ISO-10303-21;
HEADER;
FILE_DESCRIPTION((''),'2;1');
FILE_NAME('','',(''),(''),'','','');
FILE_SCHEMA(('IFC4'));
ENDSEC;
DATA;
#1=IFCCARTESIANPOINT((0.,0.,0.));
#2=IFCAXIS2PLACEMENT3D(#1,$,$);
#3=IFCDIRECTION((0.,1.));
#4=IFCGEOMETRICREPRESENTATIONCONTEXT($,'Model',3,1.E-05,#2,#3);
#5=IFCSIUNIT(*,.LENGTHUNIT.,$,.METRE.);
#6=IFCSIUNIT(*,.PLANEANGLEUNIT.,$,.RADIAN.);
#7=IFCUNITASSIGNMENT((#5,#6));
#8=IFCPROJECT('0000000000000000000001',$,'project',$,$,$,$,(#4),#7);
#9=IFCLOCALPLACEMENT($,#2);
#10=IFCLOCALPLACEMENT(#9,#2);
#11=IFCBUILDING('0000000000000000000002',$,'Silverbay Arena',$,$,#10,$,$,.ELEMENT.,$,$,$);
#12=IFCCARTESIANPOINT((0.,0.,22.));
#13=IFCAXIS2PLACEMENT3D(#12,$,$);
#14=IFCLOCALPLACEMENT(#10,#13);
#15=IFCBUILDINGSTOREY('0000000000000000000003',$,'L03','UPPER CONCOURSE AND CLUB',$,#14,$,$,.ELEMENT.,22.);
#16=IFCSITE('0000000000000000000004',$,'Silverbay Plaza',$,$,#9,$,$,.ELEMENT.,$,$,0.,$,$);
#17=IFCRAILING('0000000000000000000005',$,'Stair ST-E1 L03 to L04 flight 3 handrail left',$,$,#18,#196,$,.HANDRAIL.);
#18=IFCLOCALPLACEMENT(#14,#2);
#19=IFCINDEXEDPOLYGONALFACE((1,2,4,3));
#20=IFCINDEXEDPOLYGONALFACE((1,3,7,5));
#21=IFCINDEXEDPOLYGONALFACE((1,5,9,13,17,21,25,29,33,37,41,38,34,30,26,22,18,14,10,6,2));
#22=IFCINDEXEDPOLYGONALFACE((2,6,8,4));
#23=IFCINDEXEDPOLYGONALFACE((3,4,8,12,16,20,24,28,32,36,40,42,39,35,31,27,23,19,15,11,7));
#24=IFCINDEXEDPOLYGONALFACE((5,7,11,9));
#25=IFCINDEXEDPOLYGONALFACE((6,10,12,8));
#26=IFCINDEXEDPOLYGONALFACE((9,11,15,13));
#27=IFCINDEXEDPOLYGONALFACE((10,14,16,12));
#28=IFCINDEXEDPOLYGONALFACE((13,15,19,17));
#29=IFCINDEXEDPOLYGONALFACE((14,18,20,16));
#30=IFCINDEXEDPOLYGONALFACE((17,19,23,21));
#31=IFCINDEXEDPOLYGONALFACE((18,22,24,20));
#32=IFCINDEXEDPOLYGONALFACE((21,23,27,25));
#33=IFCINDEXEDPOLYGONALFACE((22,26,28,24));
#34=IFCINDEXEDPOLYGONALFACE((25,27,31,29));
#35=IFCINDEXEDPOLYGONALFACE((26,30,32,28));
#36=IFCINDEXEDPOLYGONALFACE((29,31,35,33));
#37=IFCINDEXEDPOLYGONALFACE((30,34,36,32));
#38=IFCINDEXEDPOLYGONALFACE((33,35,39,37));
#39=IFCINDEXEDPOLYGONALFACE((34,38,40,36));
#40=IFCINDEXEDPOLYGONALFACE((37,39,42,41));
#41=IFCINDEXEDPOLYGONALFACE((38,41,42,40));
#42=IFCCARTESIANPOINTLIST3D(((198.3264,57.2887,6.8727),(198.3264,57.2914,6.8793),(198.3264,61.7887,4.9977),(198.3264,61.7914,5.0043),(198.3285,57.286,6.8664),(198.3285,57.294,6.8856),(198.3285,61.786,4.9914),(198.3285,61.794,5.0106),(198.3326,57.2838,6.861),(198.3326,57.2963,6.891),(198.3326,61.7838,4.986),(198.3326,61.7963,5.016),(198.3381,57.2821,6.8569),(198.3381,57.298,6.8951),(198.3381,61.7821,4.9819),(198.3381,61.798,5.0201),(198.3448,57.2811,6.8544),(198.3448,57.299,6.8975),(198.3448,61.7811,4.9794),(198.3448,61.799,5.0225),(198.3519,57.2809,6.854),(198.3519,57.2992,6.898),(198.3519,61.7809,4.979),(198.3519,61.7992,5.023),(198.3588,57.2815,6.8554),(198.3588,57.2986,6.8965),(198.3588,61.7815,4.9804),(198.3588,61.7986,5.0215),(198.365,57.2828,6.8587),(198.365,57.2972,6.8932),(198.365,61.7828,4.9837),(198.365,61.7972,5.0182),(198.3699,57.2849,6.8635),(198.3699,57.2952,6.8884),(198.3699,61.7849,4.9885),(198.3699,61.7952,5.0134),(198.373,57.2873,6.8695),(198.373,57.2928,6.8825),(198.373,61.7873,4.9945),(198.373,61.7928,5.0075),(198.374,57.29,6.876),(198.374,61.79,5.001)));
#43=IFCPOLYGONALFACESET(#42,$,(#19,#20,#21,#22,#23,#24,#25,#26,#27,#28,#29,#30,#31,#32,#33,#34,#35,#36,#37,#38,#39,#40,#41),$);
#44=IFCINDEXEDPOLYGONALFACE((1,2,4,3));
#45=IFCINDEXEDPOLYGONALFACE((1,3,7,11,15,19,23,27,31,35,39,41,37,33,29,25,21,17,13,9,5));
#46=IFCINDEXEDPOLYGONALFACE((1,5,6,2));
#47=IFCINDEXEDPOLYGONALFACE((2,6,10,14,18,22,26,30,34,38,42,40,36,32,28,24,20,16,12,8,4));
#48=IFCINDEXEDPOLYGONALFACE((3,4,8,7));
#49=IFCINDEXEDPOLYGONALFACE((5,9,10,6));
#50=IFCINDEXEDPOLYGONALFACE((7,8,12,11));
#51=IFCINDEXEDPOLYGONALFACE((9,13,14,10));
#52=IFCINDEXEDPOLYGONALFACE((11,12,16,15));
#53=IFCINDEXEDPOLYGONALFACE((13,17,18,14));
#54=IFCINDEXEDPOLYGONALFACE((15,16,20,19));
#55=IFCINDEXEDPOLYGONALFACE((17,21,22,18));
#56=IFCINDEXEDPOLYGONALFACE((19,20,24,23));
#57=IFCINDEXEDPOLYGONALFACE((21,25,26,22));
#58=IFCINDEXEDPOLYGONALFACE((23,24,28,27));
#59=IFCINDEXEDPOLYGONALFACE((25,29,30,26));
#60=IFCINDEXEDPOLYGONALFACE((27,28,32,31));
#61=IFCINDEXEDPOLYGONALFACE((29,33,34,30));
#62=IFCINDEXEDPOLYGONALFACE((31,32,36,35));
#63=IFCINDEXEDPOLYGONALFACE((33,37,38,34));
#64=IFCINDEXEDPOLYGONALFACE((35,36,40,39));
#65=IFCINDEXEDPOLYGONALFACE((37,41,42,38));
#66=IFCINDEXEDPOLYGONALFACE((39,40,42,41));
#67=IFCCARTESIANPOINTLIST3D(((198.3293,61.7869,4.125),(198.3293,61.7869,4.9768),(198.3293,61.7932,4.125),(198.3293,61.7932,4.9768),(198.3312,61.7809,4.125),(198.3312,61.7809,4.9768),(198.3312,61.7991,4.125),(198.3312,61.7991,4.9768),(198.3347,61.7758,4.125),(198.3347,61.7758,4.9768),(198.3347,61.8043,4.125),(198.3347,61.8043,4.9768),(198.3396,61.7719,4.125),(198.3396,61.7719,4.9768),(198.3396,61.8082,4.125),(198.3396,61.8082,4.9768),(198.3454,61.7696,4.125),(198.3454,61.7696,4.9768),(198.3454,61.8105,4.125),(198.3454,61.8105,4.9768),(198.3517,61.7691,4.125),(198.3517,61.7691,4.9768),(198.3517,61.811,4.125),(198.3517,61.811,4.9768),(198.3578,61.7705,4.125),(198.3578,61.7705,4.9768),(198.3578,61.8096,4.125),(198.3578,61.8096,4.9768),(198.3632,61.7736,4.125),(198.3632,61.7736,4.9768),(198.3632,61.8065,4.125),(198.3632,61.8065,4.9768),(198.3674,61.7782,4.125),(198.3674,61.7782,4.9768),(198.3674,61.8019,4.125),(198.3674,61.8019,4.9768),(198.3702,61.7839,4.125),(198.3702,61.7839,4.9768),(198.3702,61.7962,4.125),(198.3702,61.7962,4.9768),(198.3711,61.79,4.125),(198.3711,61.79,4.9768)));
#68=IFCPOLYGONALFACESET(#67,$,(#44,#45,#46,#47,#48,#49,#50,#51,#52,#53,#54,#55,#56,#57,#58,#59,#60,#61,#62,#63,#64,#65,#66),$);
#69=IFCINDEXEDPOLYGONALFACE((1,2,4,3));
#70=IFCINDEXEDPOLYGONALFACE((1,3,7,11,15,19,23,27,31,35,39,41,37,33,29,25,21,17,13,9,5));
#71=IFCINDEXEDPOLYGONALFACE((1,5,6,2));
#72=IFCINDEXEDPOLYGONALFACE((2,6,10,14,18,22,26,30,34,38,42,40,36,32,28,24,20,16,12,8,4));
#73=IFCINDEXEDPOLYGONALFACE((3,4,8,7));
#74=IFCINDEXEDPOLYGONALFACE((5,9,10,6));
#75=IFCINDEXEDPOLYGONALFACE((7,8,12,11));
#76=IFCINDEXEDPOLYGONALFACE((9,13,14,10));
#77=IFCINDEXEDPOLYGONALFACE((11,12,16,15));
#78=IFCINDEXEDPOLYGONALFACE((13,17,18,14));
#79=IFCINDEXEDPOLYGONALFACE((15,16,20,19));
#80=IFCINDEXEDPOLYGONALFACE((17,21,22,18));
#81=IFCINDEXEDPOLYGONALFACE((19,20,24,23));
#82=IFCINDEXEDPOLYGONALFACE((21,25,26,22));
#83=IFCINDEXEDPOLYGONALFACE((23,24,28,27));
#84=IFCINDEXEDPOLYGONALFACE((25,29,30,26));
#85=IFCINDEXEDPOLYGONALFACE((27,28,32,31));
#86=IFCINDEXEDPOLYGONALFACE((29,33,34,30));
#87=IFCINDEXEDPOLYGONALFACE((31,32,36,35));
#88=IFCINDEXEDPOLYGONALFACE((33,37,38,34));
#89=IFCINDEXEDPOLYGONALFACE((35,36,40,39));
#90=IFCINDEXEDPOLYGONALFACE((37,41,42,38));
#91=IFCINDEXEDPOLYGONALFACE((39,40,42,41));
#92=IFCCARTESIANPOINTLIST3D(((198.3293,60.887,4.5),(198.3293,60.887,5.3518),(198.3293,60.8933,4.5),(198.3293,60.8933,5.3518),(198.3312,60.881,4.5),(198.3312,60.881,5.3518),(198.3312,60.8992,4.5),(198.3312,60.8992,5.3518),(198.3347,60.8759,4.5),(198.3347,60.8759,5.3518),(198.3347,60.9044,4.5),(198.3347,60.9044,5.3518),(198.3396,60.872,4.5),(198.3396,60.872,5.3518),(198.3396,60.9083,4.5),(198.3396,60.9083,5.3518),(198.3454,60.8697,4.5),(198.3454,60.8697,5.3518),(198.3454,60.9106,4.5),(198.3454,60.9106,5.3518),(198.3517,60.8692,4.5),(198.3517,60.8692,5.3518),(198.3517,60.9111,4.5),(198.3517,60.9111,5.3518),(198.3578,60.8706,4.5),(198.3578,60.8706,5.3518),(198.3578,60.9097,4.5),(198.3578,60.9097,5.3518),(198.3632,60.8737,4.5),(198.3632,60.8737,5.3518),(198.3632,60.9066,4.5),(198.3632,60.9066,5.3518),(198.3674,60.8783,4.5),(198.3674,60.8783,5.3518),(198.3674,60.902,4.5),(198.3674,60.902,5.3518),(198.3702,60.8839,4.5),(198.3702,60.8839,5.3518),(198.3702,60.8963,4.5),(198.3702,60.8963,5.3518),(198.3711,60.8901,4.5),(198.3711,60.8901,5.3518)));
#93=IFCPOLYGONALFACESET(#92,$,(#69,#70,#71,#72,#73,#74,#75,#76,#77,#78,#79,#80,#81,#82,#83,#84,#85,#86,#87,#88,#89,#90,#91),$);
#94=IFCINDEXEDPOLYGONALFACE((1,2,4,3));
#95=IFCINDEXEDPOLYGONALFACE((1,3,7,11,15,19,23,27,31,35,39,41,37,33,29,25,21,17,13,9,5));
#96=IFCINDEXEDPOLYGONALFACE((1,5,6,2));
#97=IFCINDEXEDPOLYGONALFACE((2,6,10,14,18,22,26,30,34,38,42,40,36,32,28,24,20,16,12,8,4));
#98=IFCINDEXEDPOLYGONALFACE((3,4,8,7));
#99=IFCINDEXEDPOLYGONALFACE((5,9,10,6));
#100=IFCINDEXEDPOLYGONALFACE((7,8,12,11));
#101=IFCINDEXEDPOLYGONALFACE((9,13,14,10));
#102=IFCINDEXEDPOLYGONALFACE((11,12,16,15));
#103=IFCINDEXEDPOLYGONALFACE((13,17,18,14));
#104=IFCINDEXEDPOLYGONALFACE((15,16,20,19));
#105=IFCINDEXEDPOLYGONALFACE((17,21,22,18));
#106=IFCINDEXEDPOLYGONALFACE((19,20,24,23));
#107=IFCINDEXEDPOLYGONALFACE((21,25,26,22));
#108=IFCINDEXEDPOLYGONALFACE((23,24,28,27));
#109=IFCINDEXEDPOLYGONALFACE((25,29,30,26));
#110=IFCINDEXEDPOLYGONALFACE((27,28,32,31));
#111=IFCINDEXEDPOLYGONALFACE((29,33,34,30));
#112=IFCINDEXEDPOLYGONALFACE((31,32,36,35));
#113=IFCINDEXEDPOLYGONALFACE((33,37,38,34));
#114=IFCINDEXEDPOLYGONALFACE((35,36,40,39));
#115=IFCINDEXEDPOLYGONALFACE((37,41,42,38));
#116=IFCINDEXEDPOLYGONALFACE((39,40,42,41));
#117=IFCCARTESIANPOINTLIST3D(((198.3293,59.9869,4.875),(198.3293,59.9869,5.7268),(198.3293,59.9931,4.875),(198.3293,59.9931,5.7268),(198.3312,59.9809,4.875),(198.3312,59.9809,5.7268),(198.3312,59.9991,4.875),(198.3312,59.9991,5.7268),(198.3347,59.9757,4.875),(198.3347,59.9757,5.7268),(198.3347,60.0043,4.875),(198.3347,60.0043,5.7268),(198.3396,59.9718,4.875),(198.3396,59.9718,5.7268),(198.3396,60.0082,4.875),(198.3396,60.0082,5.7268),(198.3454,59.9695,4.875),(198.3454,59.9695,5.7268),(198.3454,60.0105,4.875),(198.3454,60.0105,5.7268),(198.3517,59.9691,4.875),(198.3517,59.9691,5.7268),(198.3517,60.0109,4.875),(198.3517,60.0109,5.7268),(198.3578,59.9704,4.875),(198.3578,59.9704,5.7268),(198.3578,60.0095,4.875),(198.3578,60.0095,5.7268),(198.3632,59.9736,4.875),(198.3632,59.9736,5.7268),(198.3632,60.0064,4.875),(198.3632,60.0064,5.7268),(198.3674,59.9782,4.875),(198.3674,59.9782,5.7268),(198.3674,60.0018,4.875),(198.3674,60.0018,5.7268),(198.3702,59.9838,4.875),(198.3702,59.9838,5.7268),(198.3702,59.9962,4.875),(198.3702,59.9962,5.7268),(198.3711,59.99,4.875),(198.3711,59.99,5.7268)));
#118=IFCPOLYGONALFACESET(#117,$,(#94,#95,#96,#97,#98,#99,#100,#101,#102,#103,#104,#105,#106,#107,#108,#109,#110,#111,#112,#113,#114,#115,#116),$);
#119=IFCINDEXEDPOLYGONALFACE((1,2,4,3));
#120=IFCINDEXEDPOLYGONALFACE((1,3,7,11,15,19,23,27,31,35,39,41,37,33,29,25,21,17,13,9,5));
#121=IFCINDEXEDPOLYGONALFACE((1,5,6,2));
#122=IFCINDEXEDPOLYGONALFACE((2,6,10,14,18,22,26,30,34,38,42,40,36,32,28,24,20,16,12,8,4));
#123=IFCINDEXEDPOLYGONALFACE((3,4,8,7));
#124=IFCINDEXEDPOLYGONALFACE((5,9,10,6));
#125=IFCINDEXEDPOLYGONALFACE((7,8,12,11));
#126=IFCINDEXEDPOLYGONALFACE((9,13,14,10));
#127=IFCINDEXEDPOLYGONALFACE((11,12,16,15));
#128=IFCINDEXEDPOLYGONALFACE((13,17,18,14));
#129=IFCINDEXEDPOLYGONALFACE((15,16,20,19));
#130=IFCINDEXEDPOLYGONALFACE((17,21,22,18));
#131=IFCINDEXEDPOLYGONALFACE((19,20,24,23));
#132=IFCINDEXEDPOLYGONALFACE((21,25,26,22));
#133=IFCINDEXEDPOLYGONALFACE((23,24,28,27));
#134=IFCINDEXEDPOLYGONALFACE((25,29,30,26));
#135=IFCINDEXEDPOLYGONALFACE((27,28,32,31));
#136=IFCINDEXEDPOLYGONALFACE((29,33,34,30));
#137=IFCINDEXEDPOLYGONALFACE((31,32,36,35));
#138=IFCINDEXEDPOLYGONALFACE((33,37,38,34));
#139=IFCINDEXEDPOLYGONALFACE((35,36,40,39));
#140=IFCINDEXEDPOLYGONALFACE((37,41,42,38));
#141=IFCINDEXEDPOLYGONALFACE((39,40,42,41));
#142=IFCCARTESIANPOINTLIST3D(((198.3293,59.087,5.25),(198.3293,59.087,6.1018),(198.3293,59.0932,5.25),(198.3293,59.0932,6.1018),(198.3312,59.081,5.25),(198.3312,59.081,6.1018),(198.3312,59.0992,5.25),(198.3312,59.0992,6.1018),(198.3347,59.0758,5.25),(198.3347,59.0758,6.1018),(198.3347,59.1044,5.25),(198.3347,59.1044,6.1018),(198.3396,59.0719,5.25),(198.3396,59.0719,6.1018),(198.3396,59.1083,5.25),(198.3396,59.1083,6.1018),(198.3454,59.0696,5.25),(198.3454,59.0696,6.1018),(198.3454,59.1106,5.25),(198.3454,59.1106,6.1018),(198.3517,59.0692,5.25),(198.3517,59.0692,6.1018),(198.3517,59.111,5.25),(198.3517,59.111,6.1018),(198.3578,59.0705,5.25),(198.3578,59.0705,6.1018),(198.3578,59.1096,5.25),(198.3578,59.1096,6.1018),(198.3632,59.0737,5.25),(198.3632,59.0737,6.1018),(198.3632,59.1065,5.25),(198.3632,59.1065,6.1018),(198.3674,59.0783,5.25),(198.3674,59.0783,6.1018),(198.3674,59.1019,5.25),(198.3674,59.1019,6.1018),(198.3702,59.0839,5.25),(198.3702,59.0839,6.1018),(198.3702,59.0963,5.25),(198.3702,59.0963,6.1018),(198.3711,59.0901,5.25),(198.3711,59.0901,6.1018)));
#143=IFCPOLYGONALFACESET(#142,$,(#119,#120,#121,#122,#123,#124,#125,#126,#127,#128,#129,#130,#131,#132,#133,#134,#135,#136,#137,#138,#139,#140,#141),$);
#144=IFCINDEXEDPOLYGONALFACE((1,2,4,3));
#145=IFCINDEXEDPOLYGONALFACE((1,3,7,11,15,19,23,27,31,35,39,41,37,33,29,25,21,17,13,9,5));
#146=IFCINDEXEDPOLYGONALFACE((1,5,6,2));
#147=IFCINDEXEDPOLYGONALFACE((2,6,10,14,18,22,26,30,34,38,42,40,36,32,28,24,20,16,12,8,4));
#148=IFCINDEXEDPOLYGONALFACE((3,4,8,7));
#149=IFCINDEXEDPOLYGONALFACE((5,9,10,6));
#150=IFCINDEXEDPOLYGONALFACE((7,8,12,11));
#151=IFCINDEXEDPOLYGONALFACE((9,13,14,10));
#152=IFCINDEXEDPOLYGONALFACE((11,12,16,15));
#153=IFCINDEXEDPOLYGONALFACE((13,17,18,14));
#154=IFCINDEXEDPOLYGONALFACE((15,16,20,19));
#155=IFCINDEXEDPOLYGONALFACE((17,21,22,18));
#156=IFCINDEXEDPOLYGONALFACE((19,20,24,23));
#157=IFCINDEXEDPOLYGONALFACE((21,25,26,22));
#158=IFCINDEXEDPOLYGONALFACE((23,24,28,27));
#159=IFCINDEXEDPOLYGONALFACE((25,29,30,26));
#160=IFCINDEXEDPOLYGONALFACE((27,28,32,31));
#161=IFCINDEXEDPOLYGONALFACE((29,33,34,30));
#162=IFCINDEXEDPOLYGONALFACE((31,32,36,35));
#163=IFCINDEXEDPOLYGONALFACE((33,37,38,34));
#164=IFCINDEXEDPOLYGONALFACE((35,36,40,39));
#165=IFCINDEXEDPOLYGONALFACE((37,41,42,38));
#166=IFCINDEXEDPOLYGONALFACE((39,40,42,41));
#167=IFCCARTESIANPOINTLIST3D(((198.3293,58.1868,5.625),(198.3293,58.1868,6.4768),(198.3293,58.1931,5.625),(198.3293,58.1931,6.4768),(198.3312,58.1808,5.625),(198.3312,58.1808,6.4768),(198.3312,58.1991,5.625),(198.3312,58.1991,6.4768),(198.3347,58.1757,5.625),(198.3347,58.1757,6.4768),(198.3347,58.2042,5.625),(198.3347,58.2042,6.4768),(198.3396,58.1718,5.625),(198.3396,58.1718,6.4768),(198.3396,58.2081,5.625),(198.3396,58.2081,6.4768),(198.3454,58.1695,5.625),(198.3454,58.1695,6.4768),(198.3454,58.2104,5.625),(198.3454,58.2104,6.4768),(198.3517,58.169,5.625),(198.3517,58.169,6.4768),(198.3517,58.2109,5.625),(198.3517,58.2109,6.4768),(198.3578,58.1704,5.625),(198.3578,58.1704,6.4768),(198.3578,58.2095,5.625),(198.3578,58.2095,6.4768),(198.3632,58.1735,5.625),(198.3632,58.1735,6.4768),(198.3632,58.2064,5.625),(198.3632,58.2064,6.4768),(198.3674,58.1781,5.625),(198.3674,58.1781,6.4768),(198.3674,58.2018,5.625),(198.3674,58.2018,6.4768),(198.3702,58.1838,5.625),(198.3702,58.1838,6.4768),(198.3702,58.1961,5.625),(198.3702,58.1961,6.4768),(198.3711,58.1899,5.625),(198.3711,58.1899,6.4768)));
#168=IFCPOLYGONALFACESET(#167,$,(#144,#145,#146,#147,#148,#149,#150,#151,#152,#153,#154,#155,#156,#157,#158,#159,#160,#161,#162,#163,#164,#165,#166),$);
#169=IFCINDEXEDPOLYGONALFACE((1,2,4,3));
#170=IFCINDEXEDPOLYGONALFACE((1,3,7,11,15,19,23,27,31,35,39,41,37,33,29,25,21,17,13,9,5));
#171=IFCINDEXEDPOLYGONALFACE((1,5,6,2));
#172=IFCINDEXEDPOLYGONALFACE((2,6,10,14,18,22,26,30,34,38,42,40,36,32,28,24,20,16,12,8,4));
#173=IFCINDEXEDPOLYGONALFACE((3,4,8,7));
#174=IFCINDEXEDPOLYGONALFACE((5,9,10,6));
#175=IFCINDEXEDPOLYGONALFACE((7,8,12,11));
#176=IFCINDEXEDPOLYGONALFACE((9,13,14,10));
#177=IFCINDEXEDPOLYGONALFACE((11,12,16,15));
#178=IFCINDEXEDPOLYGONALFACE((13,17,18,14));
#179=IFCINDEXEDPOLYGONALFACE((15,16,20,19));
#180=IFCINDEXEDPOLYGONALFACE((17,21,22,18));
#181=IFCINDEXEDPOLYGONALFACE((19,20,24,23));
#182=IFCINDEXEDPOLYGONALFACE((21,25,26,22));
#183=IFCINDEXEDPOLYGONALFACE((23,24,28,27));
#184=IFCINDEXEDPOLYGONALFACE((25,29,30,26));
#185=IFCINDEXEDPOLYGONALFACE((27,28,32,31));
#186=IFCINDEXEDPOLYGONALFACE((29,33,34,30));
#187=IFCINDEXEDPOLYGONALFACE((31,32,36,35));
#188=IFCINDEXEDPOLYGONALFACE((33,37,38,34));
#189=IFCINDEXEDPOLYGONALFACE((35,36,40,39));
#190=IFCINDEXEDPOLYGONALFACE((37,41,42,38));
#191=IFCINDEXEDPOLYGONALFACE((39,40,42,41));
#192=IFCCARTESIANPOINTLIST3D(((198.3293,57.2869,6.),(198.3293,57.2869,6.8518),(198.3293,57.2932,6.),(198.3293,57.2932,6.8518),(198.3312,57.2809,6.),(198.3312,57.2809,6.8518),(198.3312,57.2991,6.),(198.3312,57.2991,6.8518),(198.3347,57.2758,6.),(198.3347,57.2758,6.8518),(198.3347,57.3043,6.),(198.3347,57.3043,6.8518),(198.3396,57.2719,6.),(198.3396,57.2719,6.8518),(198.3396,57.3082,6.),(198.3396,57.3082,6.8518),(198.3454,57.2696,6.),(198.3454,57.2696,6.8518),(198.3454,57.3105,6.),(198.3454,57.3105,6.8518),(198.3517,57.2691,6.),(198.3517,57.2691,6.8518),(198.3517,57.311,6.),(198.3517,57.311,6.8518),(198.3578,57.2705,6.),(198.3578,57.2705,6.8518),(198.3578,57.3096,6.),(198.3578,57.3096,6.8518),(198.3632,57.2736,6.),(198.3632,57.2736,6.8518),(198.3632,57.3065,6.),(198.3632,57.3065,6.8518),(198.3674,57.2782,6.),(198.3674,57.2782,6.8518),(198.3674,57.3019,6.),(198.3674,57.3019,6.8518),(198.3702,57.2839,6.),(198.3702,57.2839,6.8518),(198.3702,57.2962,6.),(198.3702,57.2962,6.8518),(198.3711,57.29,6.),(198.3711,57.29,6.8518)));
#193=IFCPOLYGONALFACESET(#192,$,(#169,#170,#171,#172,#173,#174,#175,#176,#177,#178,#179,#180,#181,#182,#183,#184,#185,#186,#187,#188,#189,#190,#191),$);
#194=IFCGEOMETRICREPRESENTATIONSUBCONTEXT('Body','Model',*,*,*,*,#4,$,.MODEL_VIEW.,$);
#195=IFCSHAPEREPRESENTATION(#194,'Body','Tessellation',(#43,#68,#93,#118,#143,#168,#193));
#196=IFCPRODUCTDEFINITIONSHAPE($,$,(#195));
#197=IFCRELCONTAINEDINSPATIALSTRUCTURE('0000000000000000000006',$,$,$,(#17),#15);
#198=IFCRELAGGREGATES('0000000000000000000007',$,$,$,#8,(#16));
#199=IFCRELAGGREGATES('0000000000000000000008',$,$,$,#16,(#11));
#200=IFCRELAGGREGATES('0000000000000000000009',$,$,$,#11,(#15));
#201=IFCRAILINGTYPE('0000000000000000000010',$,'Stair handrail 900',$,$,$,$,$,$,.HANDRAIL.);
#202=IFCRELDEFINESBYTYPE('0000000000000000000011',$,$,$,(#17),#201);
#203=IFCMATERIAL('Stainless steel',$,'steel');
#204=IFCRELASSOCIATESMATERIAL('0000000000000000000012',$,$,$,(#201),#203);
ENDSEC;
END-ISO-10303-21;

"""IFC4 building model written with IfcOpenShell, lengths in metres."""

from ifc_helpers import new_model, si_unit, direction, frame, origin, origin_2d, place, context, subcontext, project, spatial, circle, extrude, material, type_object, element, save


model = new_model("IFC4")

# Units and contexts
model_context = context("Model", 3, precision=1e-05, world=origin(), true_north=direction((0.0, 1.0)))
body_context = subcontext(model_context, "Body", "Model", "MODEL_VIEW")
ifc_project = project(units=[si_unit("LENGTHUNIT", "METRE"), si_unit("PLANEANGLEUNIT", "RADIAN")], contexts=[model_context])

# Site, building, storey
site_placement = place(None, origin())
site = spatial("IfcSite", under=ifc_project, at=site_placement, Name="Silverbay Plaza", CompositionType="ELEMENT", RefElevation=0.0)
building_placement = place(site_placement, origin())
building = spatial("IfcBuilding", under=site, at=building_placement, Name="Silverbay Arena", CompositionType="ELEMENT")
storey_placement = place(building_placement, frame((0.0, 0.0, 22.0)))
storey = spatial("IfcBuildingStorey", under=building, at=storey_placement, Name="L03", Description="UPPER CONCOURSE AND CLUB", CompositionType="ELEMENT", Elevation=22.0)

# Railing
ifc_material_1 = material(Name="Stainless steel", Category="steel")
railing_type = type_object("IfcRailingType", Name="Stair handrail 900", PredefinedType="HANDRAIL", material=ifc_material_1)
for number, where, name in (
    (1, (198.3501, 61.79, 4.125), "Stair ST-E1 L03 to L04 flight 3 handrail left"),
):
    element("IfcRailing", number, at=place(storey_placement, frame(where)), inside=storey, type_object=railing_type, Name=name, PredefinedType="HANDRAIL", context=body_context, shape_type="SweptSolid", body=[
        extrude(circle(Radius=0.0239, at=origin_2d()), frame((0.0, 0.0, 0.876), z_axis=(0.0, -0.923077, 0.384615), x_axis=(1.0, 0.0, 0.0)), (0.0, 0.0, 1.0), 4.875),
        extrude(circle(Radius=0.021, at=origin_2d()), origin(), (0.0, 0.0, 1.0), 0.8518),
        extrude(circle(Radius=0.021, at=origin_2d()), frame((0.0, -0.8999, 0.375)), (0.0, 0.0, 1.0), 0.8518),
        extrude(circle(Radius=0.021, at=origin_2d()), frame((0.0, -1.8, 0.75)), (0.0, 0.0, 1.0), 0.8518),
        extrude(circle(Radius=0.021, at=origin_2d()), frame((0.0, -2.7, 1.125)), (0.0, 0.0, 1.0), 0.8518),
        extrude(circle(Radius=0.021, at=origin_2d()), frame((0.0, -3.6001, 1.5)), (0.0, 0.0, 1.0), 0.8518),
        extrude(circle(Radius=0.021, at=origin_2d()), frame((0.0, -4.5, 1.875)), (0.0, 0.0, 1.0), 0.8518),
    ])

save(model, "model.ifc")
